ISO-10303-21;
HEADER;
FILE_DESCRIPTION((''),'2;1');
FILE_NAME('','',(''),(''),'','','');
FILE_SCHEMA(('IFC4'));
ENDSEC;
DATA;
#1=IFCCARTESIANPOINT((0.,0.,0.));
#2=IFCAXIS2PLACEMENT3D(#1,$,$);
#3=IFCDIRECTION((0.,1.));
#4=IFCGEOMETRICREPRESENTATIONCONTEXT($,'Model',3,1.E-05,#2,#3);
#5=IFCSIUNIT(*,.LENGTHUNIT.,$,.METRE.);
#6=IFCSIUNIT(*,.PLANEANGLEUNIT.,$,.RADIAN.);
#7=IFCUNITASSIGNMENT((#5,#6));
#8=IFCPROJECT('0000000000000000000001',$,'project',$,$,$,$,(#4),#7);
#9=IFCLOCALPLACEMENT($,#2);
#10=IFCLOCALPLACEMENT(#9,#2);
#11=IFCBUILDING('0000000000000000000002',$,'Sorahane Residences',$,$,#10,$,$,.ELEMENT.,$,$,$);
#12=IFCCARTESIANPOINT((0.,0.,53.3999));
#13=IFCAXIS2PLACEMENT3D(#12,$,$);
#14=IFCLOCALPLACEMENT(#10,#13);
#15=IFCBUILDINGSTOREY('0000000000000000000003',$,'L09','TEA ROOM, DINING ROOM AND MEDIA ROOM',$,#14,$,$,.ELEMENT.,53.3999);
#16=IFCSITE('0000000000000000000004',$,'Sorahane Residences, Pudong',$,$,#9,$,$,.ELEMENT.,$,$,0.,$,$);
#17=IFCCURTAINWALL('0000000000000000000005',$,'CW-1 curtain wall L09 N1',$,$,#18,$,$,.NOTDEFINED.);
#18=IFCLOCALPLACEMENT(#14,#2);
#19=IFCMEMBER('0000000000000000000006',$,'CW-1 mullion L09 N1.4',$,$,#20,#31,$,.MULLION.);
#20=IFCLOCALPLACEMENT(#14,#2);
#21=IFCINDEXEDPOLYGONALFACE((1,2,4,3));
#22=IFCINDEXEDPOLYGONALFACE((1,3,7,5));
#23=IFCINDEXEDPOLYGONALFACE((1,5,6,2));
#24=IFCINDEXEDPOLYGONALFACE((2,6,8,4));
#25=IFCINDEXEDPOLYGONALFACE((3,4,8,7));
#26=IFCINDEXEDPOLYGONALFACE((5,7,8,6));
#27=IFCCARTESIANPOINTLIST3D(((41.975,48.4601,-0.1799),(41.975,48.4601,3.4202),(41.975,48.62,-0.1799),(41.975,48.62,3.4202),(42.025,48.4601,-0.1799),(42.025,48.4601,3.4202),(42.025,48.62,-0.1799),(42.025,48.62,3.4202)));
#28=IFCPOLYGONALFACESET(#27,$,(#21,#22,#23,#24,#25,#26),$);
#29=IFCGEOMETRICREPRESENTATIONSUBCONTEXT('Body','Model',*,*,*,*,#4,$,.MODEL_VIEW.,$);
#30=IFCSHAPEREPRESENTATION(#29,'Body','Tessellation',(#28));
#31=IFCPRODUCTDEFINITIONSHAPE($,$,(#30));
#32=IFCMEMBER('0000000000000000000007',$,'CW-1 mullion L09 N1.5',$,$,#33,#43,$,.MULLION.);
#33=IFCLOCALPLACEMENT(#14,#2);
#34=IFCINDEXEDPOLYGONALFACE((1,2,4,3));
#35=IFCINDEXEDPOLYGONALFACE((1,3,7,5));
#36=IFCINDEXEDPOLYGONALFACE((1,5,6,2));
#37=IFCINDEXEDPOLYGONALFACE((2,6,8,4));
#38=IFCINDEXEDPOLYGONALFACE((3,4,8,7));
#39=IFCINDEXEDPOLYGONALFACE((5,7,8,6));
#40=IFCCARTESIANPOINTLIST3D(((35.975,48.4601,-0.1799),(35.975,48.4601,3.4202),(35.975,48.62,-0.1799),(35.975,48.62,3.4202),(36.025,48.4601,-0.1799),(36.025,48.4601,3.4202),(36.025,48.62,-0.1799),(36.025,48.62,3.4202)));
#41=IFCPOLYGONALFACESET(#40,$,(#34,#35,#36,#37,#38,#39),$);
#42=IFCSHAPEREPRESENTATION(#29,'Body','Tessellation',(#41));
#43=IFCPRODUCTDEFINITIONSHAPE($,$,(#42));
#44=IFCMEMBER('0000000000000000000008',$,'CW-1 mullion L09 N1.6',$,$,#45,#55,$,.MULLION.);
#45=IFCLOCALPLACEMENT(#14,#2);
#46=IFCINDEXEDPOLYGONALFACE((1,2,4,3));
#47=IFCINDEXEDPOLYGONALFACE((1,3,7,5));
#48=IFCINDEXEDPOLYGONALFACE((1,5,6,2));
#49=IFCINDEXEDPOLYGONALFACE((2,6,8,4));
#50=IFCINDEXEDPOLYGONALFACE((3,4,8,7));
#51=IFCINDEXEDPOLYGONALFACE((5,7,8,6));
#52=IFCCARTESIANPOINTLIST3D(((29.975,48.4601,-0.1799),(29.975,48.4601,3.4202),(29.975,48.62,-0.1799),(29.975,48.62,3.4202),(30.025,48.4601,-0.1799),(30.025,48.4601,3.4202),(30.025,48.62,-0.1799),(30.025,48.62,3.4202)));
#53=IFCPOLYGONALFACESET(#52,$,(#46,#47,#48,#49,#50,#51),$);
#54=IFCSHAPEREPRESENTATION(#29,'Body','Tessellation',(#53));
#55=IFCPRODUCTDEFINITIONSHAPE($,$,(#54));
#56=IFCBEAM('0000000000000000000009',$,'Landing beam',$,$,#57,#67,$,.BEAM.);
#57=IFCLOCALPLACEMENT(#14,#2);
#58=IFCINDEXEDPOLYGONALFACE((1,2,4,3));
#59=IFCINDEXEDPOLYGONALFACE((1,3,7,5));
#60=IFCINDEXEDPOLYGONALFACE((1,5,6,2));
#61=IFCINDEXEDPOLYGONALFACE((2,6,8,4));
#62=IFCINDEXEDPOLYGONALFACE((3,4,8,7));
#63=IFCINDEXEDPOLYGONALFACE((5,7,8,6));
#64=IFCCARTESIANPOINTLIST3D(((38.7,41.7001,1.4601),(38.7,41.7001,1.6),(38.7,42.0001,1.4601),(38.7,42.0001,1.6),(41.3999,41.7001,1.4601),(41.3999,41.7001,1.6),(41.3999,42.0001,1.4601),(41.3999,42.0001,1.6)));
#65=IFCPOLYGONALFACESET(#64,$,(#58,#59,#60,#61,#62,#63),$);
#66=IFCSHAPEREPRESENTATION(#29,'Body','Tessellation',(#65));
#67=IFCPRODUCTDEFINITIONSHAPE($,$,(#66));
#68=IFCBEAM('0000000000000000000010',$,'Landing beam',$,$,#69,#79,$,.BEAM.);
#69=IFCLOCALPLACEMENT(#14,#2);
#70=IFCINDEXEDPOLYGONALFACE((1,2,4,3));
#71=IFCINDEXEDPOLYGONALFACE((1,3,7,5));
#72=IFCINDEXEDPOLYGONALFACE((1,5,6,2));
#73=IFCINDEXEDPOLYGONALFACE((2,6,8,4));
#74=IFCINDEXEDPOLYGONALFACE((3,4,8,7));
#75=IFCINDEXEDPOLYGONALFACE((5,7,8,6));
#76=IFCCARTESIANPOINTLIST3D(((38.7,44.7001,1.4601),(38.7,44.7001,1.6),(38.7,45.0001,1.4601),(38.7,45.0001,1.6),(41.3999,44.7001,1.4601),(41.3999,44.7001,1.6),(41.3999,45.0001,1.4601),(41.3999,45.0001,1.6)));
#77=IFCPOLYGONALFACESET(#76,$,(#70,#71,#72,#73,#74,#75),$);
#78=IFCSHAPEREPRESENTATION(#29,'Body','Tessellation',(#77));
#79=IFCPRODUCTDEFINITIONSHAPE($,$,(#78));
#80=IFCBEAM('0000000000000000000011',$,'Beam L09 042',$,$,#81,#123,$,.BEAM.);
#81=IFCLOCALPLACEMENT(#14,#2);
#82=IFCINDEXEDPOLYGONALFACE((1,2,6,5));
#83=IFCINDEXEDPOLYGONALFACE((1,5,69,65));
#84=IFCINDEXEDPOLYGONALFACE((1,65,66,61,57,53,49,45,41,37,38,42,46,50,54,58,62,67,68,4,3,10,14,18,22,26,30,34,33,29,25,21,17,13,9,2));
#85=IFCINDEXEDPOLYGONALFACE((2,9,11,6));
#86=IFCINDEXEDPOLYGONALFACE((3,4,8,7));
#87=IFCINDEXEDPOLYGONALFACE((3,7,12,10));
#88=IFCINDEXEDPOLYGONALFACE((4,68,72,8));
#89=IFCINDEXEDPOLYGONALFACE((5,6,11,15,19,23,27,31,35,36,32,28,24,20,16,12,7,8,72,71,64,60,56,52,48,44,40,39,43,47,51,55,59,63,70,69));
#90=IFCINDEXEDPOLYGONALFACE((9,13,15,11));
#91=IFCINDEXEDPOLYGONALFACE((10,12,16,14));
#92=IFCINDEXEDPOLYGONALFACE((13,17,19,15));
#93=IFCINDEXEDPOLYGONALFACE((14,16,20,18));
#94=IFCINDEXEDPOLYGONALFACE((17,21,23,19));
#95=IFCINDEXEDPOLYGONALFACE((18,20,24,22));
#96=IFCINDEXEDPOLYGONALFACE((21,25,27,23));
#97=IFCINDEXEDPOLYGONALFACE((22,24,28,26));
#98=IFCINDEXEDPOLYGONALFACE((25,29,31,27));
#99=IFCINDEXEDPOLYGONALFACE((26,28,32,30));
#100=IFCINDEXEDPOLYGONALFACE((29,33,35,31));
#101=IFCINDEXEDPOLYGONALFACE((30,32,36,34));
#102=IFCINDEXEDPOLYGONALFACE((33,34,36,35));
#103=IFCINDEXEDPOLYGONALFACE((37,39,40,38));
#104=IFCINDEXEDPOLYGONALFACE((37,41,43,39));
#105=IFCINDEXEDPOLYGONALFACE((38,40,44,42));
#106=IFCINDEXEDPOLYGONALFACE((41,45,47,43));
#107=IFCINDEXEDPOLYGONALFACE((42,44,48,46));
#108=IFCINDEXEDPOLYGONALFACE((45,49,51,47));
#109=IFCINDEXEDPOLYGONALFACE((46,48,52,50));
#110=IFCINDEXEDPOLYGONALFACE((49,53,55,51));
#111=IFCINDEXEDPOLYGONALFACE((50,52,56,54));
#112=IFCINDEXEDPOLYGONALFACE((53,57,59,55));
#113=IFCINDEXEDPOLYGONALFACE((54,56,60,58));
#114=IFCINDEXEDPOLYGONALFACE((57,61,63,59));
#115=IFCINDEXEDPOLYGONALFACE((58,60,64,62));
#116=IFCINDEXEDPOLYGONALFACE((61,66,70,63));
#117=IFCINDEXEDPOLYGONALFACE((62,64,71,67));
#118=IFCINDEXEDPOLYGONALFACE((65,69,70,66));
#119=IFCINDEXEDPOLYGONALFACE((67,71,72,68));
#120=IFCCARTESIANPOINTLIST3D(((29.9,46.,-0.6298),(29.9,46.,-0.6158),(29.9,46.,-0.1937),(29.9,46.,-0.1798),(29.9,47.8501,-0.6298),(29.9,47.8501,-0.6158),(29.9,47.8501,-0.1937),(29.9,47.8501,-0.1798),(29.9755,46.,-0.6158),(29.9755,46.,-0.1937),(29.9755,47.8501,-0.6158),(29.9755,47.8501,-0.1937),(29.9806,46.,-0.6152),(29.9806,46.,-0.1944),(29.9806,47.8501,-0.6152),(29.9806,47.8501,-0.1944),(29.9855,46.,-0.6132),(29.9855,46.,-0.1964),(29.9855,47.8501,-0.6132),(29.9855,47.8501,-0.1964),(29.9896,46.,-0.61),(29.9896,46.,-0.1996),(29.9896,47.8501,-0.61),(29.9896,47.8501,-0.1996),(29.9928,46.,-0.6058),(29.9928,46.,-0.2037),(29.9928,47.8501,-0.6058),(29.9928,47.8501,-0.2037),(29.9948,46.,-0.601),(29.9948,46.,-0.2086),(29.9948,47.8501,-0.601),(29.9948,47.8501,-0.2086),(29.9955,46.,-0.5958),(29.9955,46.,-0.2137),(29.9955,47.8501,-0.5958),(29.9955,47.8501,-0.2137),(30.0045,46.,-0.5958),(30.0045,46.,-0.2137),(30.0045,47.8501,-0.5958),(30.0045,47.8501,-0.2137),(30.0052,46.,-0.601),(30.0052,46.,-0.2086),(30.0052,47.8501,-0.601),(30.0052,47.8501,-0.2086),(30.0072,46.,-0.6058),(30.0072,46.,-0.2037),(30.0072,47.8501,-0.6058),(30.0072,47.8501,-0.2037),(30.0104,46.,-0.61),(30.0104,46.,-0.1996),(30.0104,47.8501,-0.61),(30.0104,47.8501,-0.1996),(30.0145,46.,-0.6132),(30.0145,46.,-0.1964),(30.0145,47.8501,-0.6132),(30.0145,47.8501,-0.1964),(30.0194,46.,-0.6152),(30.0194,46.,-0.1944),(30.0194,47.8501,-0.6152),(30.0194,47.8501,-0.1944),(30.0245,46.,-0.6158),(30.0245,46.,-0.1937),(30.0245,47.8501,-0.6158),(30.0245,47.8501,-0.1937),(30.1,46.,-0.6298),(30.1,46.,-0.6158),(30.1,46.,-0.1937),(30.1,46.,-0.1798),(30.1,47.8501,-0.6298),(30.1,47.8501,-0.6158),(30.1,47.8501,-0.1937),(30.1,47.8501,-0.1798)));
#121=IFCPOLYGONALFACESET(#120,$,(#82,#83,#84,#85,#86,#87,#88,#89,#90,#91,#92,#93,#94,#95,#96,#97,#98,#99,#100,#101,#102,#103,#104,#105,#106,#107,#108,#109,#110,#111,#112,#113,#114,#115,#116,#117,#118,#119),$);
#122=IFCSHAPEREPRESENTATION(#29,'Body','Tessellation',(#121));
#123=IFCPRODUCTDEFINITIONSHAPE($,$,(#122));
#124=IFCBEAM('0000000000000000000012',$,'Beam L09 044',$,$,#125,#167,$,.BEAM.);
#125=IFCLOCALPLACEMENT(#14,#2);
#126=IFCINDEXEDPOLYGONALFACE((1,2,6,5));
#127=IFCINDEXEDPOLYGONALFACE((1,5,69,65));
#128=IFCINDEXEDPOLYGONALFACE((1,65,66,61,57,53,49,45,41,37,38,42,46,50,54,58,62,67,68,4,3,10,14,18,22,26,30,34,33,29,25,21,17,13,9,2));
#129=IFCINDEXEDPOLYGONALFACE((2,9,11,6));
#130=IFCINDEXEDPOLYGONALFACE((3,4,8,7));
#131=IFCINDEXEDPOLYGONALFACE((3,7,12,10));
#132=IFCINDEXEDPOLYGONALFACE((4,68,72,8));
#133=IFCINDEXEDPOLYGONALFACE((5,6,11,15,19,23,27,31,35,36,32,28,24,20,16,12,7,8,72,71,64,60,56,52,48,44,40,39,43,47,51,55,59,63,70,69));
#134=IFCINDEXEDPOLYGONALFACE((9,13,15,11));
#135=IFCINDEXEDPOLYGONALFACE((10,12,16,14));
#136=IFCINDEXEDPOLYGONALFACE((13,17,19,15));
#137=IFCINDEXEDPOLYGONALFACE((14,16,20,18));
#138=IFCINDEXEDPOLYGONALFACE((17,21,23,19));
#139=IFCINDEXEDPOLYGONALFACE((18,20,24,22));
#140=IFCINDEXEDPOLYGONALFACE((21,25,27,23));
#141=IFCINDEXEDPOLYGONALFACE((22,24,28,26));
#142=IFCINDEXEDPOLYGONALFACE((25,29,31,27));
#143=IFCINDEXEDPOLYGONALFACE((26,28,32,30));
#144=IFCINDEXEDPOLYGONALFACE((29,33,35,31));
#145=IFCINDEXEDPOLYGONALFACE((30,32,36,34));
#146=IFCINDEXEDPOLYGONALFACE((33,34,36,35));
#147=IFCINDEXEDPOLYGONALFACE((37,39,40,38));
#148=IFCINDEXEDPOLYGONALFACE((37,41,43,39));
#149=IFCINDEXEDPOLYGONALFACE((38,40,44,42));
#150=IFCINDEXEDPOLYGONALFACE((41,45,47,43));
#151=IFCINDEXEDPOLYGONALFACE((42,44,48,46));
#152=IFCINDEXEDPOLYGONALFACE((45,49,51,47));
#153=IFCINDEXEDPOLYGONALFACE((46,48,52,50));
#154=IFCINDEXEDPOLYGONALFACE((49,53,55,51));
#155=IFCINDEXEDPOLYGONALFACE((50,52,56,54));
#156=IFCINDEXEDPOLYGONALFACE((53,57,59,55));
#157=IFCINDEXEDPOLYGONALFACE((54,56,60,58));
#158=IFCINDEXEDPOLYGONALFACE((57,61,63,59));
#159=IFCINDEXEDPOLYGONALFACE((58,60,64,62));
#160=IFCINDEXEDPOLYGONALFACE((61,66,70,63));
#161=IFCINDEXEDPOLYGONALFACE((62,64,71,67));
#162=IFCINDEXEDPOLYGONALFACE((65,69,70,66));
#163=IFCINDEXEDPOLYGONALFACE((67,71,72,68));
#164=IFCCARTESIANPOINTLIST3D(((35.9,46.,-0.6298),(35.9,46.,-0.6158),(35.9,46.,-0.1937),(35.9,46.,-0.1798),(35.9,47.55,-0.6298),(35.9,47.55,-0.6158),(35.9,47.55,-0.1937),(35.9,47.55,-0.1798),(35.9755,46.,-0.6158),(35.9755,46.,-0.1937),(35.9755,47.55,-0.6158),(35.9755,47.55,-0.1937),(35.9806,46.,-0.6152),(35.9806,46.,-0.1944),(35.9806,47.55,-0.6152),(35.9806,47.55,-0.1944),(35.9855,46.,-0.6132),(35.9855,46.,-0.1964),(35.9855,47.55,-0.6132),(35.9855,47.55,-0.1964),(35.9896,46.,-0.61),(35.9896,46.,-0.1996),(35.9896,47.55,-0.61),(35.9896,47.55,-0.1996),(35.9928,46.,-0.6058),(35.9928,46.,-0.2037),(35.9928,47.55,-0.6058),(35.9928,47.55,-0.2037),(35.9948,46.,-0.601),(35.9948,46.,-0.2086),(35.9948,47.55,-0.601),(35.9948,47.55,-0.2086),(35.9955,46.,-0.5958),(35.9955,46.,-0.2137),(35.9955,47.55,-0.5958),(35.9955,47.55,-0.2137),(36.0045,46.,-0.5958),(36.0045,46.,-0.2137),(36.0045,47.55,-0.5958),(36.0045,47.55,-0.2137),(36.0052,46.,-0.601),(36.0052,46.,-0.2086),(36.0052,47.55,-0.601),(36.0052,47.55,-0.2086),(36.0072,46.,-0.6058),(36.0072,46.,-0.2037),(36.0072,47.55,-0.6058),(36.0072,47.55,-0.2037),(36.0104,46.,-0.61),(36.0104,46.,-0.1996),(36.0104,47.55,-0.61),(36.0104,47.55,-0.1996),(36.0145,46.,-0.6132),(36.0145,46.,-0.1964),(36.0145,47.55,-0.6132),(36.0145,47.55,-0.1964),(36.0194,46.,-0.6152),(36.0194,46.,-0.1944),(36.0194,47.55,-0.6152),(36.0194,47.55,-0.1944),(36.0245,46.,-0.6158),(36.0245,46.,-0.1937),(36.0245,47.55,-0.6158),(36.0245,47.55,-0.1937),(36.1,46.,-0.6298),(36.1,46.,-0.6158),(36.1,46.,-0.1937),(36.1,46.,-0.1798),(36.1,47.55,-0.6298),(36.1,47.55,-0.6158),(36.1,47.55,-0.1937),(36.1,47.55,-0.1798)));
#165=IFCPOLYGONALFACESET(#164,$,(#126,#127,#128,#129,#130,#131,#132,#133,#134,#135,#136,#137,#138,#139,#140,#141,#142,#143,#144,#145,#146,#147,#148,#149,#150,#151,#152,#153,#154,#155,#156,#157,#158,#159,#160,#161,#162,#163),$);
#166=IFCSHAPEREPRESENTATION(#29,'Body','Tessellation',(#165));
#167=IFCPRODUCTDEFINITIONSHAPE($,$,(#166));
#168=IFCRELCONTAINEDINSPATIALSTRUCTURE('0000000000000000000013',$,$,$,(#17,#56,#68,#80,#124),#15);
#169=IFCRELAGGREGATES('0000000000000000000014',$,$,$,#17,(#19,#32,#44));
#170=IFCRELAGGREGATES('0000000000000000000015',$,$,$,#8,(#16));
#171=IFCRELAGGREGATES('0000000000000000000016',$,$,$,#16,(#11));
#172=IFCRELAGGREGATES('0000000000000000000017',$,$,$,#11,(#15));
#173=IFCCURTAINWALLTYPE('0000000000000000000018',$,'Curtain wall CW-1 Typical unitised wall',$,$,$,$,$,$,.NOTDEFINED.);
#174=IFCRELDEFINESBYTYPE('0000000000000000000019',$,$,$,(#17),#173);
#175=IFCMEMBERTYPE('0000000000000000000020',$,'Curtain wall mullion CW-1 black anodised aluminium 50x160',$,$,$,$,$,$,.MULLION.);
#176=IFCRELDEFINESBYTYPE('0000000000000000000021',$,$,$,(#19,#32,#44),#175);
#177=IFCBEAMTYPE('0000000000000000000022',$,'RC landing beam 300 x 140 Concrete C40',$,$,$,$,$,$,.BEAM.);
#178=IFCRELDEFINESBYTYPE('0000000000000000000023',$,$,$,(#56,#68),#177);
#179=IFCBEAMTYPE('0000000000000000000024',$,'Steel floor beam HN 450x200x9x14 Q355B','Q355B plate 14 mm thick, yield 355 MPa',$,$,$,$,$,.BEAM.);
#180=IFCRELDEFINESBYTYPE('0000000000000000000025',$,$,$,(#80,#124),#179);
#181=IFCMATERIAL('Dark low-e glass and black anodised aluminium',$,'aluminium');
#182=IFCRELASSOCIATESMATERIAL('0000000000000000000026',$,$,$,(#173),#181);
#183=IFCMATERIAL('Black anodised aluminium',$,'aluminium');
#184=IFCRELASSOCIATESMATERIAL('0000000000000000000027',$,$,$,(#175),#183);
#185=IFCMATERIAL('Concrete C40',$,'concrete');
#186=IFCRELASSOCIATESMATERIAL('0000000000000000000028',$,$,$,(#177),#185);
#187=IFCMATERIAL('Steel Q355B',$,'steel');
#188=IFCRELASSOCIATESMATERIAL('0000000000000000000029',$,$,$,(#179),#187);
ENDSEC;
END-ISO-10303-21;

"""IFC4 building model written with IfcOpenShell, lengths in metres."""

from ifc_helpers import new_model, si_unit, direction, frame, origin, origin_2d, place, context, subcontext, project, spatial, rectangle, i_section, extrude, material, material_profile, profile_set, type_object, element, aggregate, save


model = new_model("IFC4")

# Units and contexts
model_context = context("Model", 3, precision=1e-05, world=origin(), true_north=direction((0.0, 1.0)))
body_context = subcontext(model_context, "Body", "Model", "MODEL_VIEW")
ifc_project = project(units=[si_unit("LENGTHUNIT", "METRE"), si_unit("PLANEANGLEUNIT", "RADIAN")], contexts=[model_context])

# Site, building, storey
site_placement = place(None, origin())
site = spatial("IfcSite", under=ifc_project, at=site_placement, Name="Sorahane Residences, Pudong", CompositionType="ELEMENT", RefElevation=0.0)
building_placement = place(site_placement, origin())
building = spatial("IfcBuilding", under=site, at=building_placement, Name="Sorahane Residences", CompositionType="ELEMENT")
storey_placement = place(building_placement, frame((0.0, 0.0, 53.3999)))
storey = spatial("IfcBuildingStorey", under=building, at=storey_placement, Name="L09", Description="TEA ROOM, DINING ROOM AND MEDIA ROOM", CompositionType="ELEMENT", Elevation=53.3999)

# Curtain wall, members
ifc_material_1 = material(Name="Dark low-e glass and black anodised aluminium", Category="aluminium")
curtain_wall_type = type_object("IfcCurtainWallType", Name="Curtain wall CW-1 Typical unitised wall", PredefinedType="NOTDEFINED", material=ifc_material_1)
curtain_wall_placement = place(storey_placement, origin())
curtain_wall = element("IfcCurtainWall", 1, at=curtain_wall_placement, inside=storey, type_object=curtain_wall_type, Name="CW-1 curtain wall L09 N1", PredefinedType="NOTDEFINED")
ifc_material_2 = material(Name="Black anodised aluminium", Category="aluminium")
ifc_material_profile_1 = material_profile(ifc_material_2, rectangle(XDim=0.1599, YDim=0.05, at=origin_2d()), Name="Curtain wall mullion CW-1 black anodised aluminium 50x160")
ifc_profile_set_1 = profile_set([ifc_material_profile_1], Name="Black anodised aluminium")
member_type_1 = type_object("IfcMemberType", Name="Curtain wall mullion CW-1 black anodised aluminium 50x160", PredefinedType="MULLION", material=ifc_profile_set_1)
member_1_placement = place(storey_placement, frame((42.0, 48.54, -0.1799), z_axis=(0.0, 0.0, 1.0), x_axis=(0.0, 1.0, 0.0)))
member_1 = element("IfcMember", 2, at=member_1_placement, type_object=member_type_1, Name="CW-1 mullion L09 N1.4", PredefinedType="MULLION", context=body_context, shape_type="SweptSolid", body=[
    extrude(rectangle(XDim=0.1599, YDim=0.05, at=origin_2d()), origin(), (0.0, 0.0, 1.0), 3.6001),
])
member_2_placement = place(storey_placement, frame((36.0, 48.54, -0.1799), z_axis=(0.0, 0.0, 1.0), x_axis=(0.0, 1.0, 0.0)))
member_2 = element("IfcMember", 3, at=member_2_placement, type_object=member_type_1, Name="CW-1 mullion L09 N1.5", PredefinedType="MULLION", context=body_context, shape_type="SweptSolid", body=[
    extrude(rectangle(XDim=0.1599, YDim=0.05, at=origin_2d()), origin(), (0.0, 0.0, 1.0), 3.6001),
])
member_3_placement = place(storey_placement, frame((30.0, 48.54, -0.1799), z_axis=(0.0, 0.0, 1.0), x_axis=(0.0, 1.0, 0.0)))
member_3 = element("IfcMember", 4, at=member_3_placement, type_object=member_type_1, Name="CW-1 mullion L09 N1.6", PredefinedType="MULLION", context=body_context, shape_type="SweptSolid", body=[
    extrude(rectangle(XDim=0.1599, YDim=0.05, at=origin_2d()), origin(), (0.0, 0.0, 1.0), 3.6001),
])

# Beams
ifc_material_3 = material(Name="Concrete C40", Category="concrete")
ifc_material_profile_2 = material_profile(ifc_material_3, rectangle(XDim=0.3, YDim=0.1399, at=origin_2d()), Name="300x140")
ifc_profile_set_2 = profile_set([ifc_material_profile_2], Name="Concrete C40")
beam_type_1 = type_object("IfcBeamType", Name="RC landing beam 300 x 140 Concrete C40", PredefinedType="BEAM", material=ifc_profile_set_2)
for number, where, z_axis, x_axis, name in (
    (5, (38.7, 41.8501, 1.53), (1.0, 0.0, 0.0), (0.0, 1.0, 0.0), "Landing beam"),
    (6, (38.7, 44.8501, 1.53), (1.0, 0.0, 0.0), (0.0, 1.0, 0.0), "Landing beam"),
):
    element("IfcBeam", number, at=place(storey_placement, frame(where, z_axis=z_axis, x_axis=x_axis)), inside=storey, type_object=beam_type_1, Name=name, PredefinedType="BEAM", context=body_context, shape_type="SweptSolid", body=[
        extrude(rectangle(XDim=0.3, YDim=0.1399, at=origin_2d()), origin(), (0.0, 0.0, 1.0), 2.7),
    ])
ifc_material_4 = material(Name="Steel Q355B", Category="steel")
ifc_material_profile_3 = material_profile(ifc_material_4, i_section(OverallWidth=0.2, OverallDepth=0.45, WebThickness=0.009, FlangeThickness=0.0139, FilletRadius=0.02, at=origin_2d()), Name="HN 450x200x9x14")
ifc_profile_set_3 = profile_set([ifc_material_profile_3], Name="Steel Q355B")
beam_type_2 = type_object("IfcBeamType", Name="Steel floor beam HN 450x200x9x14 Q355B", Description="Q355B plate 14 mm thick, yield 355 MPa", PredefinedType="BEAM", material=ifc_profile_set_3)
beam_1_placement = place(storey_placement, frame((30.0, 46.0, -0.4048), z_axis=(0.0, 1.0, 0.0), x_axis=(-1.0, 0.0, 0.0)))
element("IfcBeam", 7, at=beam_1_placement, inside=storey, type_object=beam_type_2, Name="Beam L09 042", PredefinedType="BEAM", context=body_context, shape_type="SweptSolid", body=[
    extrude(i_section(OverallWidth=0.2, OverallDepth=0.45, WebThickness=0.009, FlangeThickness=0.0139, FilletRadius=0.02, at=origin_2d()), origin(), (0.0, 0.0, 1.0), 1.8501),
])
beam_2_placement = place(storey_placement, frame((36.0, 46.0, -0.4048), z_axis=(0.0, 1.0, 0.0), x_axis=(-1.0, 0.0, 0.0)))
element("IfcBeam", 8, at=beam_2_placement, inside=storey, type_object=beam_type_2, Name="Beam L09 044", PredefinedType="BEAM", context=body_context, shape_type="SweptSolid", body=[
    extrude(i_section(OverallWidth=0.2, OverallDepth=0.45, WebThickness=0.009, FlangeThickness=0.0139, FilletRadius=0.02, at=origin_2d()), origin(), (0.0, 0.0, 1.0), 1.55),
])

aggregate(curtain_wall, [member_1, member_2, member_3])

save(model, "model.ifc")
